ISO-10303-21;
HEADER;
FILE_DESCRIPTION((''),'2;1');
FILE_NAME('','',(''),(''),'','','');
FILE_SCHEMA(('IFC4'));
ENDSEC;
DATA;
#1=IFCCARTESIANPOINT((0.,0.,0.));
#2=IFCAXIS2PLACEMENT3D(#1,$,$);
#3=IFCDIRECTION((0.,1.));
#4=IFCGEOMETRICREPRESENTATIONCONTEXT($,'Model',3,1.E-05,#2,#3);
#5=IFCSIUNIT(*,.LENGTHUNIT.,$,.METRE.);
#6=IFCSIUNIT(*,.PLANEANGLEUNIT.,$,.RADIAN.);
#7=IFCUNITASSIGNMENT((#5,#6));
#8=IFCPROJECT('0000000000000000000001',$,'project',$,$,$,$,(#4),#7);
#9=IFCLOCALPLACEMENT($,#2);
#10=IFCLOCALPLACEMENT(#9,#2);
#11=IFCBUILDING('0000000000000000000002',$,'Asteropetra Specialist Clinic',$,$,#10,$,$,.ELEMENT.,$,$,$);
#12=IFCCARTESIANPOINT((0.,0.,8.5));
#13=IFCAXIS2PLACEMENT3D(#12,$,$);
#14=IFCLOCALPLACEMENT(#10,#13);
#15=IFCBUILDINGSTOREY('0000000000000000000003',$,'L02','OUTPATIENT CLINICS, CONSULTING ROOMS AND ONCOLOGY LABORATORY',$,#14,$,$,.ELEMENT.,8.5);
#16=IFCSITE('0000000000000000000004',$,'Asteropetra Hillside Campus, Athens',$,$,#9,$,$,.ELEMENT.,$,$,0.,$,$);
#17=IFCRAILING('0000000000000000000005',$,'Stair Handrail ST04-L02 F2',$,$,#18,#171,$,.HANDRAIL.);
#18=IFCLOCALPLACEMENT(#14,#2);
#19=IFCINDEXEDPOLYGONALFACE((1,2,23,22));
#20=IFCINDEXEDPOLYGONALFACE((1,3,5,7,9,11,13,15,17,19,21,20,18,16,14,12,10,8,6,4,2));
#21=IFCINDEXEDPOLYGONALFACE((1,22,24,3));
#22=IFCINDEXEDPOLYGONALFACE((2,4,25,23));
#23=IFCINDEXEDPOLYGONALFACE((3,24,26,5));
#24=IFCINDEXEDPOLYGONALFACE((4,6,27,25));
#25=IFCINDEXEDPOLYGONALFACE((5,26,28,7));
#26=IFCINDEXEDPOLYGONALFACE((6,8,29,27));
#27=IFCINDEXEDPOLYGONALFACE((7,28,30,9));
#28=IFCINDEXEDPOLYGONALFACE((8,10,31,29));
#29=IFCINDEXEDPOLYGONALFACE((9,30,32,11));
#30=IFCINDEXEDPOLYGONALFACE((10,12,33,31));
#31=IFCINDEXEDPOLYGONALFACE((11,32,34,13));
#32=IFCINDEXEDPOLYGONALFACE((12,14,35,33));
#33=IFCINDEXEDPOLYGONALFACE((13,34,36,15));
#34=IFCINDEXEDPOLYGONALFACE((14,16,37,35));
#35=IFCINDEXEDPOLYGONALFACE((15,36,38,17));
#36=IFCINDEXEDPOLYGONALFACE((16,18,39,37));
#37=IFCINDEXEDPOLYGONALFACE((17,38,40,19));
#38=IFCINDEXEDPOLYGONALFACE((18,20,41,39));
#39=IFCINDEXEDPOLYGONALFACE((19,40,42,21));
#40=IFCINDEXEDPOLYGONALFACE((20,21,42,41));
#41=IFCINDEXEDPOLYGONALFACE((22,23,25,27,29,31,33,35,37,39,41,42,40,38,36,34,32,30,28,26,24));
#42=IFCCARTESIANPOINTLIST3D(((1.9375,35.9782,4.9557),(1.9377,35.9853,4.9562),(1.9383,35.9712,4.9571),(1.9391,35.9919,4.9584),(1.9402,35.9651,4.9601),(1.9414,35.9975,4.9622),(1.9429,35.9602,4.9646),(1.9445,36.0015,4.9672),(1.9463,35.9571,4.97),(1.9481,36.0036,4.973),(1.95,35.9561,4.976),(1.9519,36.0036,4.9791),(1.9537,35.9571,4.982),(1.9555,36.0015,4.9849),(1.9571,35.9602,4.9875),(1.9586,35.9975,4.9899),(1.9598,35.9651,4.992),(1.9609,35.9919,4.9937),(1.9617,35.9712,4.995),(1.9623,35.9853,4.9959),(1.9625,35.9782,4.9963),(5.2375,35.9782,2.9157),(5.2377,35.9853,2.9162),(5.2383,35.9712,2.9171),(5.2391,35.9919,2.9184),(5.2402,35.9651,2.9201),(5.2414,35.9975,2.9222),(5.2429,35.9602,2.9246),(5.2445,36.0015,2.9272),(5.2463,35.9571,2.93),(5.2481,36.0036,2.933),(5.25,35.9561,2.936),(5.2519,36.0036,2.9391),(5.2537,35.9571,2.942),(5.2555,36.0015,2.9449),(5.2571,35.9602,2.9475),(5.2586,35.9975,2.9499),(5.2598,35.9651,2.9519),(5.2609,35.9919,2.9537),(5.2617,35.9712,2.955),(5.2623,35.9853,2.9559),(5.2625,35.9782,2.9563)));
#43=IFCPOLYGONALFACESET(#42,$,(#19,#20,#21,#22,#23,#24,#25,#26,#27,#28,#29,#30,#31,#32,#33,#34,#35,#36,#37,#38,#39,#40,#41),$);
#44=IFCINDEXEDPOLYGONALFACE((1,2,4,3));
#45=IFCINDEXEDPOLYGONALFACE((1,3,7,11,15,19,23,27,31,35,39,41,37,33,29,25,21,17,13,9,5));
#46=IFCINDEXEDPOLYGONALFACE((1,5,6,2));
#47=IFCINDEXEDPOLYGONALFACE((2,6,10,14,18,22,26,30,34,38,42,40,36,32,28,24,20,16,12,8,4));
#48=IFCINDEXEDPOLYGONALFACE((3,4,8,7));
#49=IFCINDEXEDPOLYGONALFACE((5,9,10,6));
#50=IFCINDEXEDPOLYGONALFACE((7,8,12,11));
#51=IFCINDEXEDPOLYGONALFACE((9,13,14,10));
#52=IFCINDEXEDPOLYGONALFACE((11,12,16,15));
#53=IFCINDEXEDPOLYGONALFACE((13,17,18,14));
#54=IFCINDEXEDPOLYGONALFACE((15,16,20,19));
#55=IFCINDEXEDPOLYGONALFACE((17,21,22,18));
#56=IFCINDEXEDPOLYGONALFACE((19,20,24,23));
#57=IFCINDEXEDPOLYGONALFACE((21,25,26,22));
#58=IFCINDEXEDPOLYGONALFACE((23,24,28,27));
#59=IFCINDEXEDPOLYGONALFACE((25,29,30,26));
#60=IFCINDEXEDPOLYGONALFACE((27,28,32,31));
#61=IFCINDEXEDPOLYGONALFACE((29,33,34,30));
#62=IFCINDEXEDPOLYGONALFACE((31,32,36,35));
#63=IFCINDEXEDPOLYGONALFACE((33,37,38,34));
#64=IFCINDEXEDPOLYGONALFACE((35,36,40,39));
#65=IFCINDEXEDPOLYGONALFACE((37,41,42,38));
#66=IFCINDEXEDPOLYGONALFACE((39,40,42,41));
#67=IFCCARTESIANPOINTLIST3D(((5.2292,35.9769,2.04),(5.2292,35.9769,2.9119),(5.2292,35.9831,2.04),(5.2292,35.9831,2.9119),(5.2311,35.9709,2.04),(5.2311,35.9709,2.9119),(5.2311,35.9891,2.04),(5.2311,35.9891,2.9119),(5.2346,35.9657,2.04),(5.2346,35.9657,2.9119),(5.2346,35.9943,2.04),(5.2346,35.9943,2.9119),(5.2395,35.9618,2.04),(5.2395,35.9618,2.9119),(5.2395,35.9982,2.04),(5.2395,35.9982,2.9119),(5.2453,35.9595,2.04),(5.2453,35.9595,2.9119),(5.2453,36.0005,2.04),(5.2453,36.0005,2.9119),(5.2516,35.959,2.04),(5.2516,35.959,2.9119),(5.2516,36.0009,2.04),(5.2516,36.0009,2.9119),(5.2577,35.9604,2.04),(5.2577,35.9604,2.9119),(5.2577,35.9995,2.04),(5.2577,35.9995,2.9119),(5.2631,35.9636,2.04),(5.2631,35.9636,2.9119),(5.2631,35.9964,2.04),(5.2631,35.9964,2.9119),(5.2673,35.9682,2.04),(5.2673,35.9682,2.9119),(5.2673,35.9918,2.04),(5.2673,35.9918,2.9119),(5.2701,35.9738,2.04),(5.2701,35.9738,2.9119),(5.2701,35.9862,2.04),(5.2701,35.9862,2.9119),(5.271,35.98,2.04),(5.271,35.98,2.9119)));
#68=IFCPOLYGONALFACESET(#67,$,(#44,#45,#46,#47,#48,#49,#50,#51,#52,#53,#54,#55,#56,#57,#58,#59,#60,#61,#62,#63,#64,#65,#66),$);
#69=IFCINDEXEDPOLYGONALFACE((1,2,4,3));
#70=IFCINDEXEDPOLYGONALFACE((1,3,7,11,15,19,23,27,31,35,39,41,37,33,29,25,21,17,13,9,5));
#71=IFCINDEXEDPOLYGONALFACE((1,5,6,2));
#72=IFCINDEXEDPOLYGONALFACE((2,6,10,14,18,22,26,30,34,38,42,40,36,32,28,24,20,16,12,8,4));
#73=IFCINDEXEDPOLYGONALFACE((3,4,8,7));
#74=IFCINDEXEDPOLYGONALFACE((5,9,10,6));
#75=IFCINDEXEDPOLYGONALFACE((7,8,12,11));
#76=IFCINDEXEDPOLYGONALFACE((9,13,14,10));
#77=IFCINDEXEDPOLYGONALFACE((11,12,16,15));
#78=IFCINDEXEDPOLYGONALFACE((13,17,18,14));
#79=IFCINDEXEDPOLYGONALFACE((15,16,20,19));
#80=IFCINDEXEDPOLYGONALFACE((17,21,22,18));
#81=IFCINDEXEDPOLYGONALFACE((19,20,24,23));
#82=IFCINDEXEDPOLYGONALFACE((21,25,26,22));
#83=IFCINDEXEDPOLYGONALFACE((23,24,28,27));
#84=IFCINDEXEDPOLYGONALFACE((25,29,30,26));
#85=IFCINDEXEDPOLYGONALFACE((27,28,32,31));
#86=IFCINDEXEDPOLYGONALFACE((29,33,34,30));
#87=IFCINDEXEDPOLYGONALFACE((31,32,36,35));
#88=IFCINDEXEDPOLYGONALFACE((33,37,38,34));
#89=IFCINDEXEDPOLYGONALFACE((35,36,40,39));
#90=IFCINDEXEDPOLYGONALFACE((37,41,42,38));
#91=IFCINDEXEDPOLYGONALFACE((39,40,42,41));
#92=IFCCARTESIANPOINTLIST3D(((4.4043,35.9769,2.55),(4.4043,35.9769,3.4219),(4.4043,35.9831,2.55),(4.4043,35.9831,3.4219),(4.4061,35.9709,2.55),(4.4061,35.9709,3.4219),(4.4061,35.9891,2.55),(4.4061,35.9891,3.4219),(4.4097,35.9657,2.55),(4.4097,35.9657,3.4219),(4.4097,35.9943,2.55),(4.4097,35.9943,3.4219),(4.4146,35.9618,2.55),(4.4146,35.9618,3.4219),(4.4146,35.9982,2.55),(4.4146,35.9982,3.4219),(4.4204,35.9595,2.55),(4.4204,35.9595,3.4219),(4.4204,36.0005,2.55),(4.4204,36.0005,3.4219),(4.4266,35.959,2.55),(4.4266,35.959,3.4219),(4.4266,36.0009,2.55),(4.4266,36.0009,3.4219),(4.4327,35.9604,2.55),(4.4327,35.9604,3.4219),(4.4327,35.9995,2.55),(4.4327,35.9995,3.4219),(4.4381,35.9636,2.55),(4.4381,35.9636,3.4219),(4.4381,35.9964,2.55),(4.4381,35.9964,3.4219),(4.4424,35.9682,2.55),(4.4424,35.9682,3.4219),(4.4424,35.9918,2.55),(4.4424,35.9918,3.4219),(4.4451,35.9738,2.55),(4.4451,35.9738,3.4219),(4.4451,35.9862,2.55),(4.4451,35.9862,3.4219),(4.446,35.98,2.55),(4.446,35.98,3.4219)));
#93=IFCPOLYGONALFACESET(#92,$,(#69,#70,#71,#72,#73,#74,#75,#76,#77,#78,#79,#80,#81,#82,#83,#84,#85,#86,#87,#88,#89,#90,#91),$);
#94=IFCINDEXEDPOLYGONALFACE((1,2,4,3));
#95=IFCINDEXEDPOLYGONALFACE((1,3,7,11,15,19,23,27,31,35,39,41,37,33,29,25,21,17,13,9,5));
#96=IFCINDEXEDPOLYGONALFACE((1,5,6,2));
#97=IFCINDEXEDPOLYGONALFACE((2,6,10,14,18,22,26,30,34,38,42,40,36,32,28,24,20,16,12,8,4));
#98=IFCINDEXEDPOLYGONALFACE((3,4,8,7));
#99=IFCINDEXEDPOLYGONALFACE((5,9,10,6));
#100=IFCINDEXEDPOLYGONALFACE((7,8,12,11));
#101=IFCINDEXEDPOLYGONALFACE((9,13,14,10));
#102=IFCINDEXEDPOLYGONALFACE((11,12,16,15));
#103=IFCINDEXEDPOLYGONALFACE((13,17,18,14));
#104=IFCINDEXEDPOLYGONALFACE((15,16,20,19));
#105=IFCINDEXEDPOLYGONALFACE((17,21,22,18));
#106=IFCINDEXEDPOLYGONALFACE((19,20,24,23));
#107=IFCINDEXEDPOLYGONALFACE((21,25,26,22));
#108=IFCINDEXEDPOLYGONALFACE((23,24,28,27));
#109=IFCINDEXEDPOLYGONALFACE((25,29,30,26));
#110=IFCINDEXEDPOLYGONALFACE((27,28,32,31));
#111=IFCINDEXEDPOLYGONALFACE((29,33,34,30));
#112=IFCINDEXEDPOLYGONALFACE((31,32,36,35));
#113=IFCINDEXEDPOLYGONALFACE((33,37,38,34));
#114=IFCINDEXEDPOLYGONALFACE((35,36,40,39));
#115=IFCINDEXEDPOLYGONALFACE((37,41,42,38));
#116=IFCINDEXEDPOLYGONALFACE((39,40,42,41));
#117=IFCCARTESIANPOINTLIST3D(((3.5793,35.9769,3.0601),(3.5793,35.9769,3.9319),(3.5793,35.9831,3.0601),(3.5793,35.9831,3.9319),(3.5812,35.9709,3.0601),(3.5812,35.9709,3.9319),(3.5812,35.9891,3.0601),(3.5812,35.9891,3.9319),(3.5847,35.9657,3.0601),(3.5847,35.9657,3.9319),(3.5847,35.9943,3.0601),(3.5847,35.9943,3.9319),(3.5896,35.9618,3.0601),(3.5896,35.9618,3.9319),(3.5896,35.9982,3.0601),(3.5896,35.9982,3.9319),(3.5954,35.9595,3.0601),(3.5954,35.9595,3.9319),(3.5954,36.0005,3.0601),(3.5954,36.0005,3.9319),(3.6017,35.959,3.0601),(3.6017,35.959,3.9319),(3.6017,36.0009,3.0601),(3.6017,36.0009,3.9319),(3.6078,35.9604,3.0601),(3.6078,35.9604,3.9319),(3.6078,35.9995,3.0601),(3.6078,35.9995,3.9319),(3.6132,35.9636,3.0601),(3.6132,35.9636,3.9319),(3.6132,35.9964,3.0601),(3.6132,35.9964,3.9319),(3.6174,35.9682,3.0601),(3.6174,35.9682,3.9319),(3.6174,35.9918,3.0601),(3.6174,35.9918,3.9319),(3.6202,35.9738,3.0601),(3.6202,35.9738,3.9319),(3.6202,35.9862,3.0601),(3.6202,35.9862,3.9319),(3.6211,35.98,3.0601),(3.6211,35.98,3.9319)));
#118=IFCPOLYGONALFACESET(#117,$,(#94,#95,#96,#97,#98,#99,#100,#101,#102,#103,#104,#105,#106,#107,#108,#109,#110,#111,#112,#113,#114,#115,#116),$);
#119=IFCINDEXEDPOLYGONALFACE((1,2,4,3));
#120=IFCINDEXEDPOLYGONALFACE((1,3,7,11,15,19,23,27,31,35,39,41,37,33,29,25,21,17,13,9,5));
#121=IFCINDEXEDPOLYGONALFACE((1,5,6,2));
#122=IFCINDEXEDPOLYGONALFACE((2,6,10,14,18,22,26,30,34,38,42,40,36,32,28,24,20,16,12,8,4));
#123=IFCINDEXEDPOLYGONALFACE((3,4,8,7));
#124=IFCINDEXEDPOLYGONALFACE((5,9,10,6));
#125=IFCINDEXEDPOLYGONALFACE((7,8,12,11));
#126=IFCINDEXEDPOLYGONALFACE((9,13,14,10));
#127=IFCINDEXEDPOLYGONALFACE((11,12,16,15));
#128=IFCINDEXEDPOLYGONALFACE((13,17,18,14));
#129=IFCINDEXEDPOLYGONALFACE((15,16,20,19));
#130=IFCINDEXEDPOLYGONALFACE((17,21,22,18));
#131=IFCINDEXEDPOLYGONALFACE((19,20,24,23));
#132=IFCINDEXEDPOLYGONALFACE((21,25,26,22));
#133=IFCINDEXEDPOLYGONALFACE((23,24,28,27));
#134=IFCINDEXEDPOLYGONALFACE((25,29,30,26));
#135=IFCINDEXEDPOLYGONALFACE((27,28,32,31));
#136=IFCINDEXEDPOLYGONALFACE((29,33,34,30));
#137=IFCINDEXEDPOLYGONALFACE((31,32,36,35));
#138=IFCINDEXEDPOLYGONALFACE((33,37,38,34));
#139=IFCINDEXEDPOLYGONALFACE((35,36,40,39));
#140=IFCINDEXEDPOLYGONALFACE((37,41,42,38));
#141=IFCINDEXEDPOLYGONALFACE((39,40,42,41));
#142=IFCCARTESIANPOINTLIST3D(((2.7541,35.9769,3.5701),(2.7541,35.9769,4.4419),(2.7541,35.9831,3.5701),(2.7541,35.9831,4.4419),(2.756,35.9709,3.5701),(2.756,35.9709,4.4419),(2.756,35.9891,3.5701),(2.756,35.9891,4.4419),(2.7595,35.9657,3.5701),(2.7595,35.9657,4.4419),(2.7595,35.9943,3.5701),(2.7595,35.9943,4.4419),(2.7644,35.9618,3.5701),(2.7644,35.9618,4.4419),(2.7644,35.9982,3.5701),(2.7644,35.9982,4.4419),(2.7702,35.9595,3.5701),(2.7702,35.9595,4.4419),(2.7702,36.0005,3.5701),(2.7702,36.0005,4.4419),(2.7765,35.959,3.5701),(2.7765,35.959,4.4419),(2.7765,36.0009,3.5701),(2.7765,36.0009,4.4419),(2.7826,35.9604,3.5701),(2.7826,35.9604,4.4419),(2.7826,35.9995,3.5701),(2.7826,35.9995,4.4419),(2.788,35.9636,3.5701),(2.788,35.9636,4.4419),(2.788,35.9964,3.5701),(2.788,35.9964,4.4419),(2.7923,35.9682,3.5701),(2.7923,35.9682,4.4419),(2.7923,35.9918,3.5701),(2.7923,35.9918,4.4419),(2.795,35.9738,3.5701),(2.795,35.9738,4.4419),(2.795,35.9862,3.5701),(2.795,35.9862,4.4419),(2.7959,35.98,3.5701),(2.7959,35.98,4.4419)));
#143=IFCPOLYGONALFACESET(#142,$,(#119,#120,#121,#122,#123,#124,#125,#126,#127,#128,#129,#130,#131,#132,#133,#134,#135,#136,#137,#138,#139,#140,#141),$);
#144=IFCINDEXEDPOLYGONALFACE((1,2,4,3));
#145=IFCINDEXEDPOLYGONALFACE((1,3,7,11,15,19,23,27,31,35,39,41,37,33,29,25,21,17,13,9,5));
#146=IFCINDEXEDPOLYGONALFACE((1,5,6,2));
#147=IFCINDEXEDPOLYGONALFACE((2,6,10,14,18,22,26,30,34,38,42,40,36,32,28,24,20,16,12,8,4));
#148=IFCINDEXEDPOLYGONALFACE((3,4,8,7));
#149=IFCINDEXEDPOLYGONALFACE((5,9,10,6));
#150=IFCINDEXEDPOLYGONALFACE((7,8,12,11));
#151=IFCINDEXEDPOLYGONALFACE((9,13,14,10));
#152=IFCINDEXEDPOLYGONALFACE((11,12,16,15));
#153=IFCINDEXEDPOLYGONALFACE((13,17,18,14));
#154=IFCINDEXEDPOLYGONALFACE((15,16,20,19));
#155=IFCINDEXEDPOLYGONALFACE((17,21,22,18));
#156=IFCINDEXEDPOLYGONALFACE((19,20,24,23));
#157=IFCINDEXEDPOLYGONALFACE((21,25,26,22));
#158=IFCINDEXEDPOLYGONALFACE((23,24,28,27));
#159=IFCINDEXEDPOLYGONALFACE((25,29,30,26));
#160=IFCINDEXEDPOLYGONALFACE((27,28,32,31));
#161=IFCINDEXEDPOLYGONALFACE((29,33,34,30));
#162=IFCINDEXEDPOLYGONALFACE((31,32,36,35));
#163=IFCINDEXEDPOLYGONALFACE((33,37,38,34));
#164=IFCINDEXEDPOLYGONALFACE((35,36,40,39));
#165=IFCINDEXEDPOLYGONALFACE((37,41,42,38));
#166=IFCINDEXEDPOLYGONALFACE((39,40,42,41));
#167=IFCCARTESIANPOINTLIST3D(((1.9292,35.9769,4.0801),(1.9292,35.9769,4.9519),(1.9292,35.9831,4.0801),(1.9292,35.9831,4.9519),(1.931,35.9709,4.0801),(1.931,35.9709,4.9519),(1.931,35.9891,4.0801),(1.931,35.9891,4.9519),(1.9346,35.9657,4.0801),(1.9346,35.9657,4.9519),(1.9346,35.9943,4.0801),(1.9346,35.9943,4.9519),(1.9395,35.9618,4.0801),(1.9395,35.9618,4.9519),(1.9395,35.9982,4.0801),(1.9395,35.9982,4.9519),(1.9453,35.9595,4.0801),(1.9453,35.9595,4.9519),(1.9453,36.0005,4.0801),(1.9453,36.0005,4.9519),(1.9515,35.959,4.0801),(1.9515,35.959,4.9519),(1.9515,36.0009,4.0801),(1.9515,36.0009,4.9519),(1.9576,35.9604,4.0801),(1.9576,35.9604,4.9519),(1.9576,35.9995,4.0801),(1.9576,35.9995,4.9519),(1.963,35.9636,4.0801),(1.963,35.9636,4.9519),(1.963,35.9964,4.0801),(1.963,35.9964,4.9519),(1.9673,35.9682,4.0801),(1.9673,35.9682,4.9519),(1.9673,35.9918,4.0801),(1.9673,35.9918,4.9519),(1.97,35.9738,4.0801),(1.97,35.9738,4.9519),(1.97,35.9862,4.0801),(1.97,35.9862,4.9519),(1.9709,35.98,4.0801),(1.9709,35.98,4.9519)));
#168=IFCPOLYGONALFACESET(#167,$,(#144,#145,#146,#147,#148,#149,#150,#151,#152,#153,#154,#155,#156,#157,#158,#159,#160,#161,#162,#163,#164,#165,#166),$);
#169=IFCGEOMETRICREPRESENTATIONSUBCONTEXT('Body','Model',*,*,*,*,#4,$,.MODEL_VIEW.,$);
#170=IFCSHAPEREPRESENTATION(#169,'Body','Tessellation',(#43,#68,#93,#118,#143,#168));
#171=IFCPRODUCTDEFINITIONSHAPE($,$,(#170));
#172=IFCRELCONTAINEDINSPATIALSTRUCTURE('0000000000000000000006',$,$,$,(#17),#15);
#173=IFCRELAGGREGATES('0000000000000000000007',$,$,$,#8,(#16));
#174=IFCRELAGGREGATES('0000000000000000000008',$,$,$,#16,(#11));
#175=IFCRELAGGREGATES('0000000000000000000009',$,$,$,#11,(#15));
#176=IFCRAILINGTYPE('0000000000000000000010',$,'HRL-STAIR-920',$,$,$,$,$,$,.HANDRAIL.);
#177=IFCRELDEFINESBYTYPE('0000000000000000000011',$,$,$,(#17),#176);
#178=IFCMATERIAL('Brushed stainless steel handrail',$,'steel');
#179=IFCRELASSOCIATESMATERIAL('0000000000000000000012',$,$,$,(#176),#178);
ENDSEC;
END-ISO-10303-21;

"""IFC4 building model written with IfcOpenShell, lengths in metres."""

from ifc_helpers import new_model, si_unit, direction, frame, origin, origin_2d, place, context, subcontext, project, spatial, circle, extrude, material, type_object, element, save


model = new_model("IFC4")

# Units and contexts
model_context = context("Model", 3, precision=1e-05, world=origin(), true_north=direction((0.0, 1.0)))
body_context = subcontext(model_context, "Body", "Model", "MODEL_VIEW")
ifc_project = project(units=[si_unit("LENGTHUNIT", "METRE"), si_unit("PLANEANGLEUNIT", "RADIAN")], contexts=[model_context])

# Site, building, storey
site_placement = place(None, origin())
site = spatial("IfcSite", under=ifc_project, at=site_placement, Name="Asteropetra Hillside Campus, Athens", CompositionType="ELEMENT", RefElevation=0.0)
building_placement = place(site_placement, origin())
building = spatial("IfcBuilding", under=site, at=building_placement, Name="Asteropetra Specialist Clinic", CompositionType="ELEMENT")
storey_placement = place(building_placement, frame((0.0, 0.0, 8.5)))
storey = spatial("IfcBuildingStorey", under=building, at=storey_placement, Name="L02", Description="OUTPATIENT CLINICS, CONSULTING ROOMS AND ONCOLOGY LABORATORY", CompositionType="ELEMENT", Elevation=8.5)

# Railing
ifc_material_1 = material(Name="Brushed stainless steel handrail", Category="steel")
railing_type_1 = type_object("IfcRailingType", Name="HRL-STAIR-920", PredefinedType="HANDRAIL", material=ifc_material_1)
railing_1_placement = place(storey_placement, frame((5.25, 35.98, 2.04)))
element("IfcRailing", 1, at=railing_1_placement, inside=storey, type_object=railing_type_1, Name="Stair Handrail ST04-L02 F2", PredefinedType="HANDRAIL", context=body_context, shape_type="SweptSolid", body=[
    extrude(circle(Radius=0.0239, at=origin_2d()), frame((0.0, 0.0, 0.896), z_axis=(-0.850594, 0.0, 0.525824), x_axis=(0.0, -1.0, 0.0)), (0.0, 0.0, 1.0), 3.8796),
    extrude(circle(Radius=0.021, at=origin_2d()), origin(), (0.0, 0.0, 1.0), 0.8718),
    extrude(circle(Radius=0.021, at=origin_2d()), frame((-0.825, 0.0, 0.51)), (0.0, 0.0, 1.0), 0.8718),
    extrude(circle(Radius=0.021, at=origin_2d()), frame((-1.6499, 0.0, 1.02)), (0.0, 0.0, 1.0), 0.8718),
    extrude(circle(Radius=0.021, at=origin_2d()), frame((-2.4751, 0.0, 1.53)), (0.0, 0.0, 1.0), 0.8718),
    extrude(circle(Radius=0.021, at=origin_2d()), frame((-3.3, 0.0, 2.04)), (0.0, 0.0, 1.0), 0.8718),
])

save(model, "model.ifc")
